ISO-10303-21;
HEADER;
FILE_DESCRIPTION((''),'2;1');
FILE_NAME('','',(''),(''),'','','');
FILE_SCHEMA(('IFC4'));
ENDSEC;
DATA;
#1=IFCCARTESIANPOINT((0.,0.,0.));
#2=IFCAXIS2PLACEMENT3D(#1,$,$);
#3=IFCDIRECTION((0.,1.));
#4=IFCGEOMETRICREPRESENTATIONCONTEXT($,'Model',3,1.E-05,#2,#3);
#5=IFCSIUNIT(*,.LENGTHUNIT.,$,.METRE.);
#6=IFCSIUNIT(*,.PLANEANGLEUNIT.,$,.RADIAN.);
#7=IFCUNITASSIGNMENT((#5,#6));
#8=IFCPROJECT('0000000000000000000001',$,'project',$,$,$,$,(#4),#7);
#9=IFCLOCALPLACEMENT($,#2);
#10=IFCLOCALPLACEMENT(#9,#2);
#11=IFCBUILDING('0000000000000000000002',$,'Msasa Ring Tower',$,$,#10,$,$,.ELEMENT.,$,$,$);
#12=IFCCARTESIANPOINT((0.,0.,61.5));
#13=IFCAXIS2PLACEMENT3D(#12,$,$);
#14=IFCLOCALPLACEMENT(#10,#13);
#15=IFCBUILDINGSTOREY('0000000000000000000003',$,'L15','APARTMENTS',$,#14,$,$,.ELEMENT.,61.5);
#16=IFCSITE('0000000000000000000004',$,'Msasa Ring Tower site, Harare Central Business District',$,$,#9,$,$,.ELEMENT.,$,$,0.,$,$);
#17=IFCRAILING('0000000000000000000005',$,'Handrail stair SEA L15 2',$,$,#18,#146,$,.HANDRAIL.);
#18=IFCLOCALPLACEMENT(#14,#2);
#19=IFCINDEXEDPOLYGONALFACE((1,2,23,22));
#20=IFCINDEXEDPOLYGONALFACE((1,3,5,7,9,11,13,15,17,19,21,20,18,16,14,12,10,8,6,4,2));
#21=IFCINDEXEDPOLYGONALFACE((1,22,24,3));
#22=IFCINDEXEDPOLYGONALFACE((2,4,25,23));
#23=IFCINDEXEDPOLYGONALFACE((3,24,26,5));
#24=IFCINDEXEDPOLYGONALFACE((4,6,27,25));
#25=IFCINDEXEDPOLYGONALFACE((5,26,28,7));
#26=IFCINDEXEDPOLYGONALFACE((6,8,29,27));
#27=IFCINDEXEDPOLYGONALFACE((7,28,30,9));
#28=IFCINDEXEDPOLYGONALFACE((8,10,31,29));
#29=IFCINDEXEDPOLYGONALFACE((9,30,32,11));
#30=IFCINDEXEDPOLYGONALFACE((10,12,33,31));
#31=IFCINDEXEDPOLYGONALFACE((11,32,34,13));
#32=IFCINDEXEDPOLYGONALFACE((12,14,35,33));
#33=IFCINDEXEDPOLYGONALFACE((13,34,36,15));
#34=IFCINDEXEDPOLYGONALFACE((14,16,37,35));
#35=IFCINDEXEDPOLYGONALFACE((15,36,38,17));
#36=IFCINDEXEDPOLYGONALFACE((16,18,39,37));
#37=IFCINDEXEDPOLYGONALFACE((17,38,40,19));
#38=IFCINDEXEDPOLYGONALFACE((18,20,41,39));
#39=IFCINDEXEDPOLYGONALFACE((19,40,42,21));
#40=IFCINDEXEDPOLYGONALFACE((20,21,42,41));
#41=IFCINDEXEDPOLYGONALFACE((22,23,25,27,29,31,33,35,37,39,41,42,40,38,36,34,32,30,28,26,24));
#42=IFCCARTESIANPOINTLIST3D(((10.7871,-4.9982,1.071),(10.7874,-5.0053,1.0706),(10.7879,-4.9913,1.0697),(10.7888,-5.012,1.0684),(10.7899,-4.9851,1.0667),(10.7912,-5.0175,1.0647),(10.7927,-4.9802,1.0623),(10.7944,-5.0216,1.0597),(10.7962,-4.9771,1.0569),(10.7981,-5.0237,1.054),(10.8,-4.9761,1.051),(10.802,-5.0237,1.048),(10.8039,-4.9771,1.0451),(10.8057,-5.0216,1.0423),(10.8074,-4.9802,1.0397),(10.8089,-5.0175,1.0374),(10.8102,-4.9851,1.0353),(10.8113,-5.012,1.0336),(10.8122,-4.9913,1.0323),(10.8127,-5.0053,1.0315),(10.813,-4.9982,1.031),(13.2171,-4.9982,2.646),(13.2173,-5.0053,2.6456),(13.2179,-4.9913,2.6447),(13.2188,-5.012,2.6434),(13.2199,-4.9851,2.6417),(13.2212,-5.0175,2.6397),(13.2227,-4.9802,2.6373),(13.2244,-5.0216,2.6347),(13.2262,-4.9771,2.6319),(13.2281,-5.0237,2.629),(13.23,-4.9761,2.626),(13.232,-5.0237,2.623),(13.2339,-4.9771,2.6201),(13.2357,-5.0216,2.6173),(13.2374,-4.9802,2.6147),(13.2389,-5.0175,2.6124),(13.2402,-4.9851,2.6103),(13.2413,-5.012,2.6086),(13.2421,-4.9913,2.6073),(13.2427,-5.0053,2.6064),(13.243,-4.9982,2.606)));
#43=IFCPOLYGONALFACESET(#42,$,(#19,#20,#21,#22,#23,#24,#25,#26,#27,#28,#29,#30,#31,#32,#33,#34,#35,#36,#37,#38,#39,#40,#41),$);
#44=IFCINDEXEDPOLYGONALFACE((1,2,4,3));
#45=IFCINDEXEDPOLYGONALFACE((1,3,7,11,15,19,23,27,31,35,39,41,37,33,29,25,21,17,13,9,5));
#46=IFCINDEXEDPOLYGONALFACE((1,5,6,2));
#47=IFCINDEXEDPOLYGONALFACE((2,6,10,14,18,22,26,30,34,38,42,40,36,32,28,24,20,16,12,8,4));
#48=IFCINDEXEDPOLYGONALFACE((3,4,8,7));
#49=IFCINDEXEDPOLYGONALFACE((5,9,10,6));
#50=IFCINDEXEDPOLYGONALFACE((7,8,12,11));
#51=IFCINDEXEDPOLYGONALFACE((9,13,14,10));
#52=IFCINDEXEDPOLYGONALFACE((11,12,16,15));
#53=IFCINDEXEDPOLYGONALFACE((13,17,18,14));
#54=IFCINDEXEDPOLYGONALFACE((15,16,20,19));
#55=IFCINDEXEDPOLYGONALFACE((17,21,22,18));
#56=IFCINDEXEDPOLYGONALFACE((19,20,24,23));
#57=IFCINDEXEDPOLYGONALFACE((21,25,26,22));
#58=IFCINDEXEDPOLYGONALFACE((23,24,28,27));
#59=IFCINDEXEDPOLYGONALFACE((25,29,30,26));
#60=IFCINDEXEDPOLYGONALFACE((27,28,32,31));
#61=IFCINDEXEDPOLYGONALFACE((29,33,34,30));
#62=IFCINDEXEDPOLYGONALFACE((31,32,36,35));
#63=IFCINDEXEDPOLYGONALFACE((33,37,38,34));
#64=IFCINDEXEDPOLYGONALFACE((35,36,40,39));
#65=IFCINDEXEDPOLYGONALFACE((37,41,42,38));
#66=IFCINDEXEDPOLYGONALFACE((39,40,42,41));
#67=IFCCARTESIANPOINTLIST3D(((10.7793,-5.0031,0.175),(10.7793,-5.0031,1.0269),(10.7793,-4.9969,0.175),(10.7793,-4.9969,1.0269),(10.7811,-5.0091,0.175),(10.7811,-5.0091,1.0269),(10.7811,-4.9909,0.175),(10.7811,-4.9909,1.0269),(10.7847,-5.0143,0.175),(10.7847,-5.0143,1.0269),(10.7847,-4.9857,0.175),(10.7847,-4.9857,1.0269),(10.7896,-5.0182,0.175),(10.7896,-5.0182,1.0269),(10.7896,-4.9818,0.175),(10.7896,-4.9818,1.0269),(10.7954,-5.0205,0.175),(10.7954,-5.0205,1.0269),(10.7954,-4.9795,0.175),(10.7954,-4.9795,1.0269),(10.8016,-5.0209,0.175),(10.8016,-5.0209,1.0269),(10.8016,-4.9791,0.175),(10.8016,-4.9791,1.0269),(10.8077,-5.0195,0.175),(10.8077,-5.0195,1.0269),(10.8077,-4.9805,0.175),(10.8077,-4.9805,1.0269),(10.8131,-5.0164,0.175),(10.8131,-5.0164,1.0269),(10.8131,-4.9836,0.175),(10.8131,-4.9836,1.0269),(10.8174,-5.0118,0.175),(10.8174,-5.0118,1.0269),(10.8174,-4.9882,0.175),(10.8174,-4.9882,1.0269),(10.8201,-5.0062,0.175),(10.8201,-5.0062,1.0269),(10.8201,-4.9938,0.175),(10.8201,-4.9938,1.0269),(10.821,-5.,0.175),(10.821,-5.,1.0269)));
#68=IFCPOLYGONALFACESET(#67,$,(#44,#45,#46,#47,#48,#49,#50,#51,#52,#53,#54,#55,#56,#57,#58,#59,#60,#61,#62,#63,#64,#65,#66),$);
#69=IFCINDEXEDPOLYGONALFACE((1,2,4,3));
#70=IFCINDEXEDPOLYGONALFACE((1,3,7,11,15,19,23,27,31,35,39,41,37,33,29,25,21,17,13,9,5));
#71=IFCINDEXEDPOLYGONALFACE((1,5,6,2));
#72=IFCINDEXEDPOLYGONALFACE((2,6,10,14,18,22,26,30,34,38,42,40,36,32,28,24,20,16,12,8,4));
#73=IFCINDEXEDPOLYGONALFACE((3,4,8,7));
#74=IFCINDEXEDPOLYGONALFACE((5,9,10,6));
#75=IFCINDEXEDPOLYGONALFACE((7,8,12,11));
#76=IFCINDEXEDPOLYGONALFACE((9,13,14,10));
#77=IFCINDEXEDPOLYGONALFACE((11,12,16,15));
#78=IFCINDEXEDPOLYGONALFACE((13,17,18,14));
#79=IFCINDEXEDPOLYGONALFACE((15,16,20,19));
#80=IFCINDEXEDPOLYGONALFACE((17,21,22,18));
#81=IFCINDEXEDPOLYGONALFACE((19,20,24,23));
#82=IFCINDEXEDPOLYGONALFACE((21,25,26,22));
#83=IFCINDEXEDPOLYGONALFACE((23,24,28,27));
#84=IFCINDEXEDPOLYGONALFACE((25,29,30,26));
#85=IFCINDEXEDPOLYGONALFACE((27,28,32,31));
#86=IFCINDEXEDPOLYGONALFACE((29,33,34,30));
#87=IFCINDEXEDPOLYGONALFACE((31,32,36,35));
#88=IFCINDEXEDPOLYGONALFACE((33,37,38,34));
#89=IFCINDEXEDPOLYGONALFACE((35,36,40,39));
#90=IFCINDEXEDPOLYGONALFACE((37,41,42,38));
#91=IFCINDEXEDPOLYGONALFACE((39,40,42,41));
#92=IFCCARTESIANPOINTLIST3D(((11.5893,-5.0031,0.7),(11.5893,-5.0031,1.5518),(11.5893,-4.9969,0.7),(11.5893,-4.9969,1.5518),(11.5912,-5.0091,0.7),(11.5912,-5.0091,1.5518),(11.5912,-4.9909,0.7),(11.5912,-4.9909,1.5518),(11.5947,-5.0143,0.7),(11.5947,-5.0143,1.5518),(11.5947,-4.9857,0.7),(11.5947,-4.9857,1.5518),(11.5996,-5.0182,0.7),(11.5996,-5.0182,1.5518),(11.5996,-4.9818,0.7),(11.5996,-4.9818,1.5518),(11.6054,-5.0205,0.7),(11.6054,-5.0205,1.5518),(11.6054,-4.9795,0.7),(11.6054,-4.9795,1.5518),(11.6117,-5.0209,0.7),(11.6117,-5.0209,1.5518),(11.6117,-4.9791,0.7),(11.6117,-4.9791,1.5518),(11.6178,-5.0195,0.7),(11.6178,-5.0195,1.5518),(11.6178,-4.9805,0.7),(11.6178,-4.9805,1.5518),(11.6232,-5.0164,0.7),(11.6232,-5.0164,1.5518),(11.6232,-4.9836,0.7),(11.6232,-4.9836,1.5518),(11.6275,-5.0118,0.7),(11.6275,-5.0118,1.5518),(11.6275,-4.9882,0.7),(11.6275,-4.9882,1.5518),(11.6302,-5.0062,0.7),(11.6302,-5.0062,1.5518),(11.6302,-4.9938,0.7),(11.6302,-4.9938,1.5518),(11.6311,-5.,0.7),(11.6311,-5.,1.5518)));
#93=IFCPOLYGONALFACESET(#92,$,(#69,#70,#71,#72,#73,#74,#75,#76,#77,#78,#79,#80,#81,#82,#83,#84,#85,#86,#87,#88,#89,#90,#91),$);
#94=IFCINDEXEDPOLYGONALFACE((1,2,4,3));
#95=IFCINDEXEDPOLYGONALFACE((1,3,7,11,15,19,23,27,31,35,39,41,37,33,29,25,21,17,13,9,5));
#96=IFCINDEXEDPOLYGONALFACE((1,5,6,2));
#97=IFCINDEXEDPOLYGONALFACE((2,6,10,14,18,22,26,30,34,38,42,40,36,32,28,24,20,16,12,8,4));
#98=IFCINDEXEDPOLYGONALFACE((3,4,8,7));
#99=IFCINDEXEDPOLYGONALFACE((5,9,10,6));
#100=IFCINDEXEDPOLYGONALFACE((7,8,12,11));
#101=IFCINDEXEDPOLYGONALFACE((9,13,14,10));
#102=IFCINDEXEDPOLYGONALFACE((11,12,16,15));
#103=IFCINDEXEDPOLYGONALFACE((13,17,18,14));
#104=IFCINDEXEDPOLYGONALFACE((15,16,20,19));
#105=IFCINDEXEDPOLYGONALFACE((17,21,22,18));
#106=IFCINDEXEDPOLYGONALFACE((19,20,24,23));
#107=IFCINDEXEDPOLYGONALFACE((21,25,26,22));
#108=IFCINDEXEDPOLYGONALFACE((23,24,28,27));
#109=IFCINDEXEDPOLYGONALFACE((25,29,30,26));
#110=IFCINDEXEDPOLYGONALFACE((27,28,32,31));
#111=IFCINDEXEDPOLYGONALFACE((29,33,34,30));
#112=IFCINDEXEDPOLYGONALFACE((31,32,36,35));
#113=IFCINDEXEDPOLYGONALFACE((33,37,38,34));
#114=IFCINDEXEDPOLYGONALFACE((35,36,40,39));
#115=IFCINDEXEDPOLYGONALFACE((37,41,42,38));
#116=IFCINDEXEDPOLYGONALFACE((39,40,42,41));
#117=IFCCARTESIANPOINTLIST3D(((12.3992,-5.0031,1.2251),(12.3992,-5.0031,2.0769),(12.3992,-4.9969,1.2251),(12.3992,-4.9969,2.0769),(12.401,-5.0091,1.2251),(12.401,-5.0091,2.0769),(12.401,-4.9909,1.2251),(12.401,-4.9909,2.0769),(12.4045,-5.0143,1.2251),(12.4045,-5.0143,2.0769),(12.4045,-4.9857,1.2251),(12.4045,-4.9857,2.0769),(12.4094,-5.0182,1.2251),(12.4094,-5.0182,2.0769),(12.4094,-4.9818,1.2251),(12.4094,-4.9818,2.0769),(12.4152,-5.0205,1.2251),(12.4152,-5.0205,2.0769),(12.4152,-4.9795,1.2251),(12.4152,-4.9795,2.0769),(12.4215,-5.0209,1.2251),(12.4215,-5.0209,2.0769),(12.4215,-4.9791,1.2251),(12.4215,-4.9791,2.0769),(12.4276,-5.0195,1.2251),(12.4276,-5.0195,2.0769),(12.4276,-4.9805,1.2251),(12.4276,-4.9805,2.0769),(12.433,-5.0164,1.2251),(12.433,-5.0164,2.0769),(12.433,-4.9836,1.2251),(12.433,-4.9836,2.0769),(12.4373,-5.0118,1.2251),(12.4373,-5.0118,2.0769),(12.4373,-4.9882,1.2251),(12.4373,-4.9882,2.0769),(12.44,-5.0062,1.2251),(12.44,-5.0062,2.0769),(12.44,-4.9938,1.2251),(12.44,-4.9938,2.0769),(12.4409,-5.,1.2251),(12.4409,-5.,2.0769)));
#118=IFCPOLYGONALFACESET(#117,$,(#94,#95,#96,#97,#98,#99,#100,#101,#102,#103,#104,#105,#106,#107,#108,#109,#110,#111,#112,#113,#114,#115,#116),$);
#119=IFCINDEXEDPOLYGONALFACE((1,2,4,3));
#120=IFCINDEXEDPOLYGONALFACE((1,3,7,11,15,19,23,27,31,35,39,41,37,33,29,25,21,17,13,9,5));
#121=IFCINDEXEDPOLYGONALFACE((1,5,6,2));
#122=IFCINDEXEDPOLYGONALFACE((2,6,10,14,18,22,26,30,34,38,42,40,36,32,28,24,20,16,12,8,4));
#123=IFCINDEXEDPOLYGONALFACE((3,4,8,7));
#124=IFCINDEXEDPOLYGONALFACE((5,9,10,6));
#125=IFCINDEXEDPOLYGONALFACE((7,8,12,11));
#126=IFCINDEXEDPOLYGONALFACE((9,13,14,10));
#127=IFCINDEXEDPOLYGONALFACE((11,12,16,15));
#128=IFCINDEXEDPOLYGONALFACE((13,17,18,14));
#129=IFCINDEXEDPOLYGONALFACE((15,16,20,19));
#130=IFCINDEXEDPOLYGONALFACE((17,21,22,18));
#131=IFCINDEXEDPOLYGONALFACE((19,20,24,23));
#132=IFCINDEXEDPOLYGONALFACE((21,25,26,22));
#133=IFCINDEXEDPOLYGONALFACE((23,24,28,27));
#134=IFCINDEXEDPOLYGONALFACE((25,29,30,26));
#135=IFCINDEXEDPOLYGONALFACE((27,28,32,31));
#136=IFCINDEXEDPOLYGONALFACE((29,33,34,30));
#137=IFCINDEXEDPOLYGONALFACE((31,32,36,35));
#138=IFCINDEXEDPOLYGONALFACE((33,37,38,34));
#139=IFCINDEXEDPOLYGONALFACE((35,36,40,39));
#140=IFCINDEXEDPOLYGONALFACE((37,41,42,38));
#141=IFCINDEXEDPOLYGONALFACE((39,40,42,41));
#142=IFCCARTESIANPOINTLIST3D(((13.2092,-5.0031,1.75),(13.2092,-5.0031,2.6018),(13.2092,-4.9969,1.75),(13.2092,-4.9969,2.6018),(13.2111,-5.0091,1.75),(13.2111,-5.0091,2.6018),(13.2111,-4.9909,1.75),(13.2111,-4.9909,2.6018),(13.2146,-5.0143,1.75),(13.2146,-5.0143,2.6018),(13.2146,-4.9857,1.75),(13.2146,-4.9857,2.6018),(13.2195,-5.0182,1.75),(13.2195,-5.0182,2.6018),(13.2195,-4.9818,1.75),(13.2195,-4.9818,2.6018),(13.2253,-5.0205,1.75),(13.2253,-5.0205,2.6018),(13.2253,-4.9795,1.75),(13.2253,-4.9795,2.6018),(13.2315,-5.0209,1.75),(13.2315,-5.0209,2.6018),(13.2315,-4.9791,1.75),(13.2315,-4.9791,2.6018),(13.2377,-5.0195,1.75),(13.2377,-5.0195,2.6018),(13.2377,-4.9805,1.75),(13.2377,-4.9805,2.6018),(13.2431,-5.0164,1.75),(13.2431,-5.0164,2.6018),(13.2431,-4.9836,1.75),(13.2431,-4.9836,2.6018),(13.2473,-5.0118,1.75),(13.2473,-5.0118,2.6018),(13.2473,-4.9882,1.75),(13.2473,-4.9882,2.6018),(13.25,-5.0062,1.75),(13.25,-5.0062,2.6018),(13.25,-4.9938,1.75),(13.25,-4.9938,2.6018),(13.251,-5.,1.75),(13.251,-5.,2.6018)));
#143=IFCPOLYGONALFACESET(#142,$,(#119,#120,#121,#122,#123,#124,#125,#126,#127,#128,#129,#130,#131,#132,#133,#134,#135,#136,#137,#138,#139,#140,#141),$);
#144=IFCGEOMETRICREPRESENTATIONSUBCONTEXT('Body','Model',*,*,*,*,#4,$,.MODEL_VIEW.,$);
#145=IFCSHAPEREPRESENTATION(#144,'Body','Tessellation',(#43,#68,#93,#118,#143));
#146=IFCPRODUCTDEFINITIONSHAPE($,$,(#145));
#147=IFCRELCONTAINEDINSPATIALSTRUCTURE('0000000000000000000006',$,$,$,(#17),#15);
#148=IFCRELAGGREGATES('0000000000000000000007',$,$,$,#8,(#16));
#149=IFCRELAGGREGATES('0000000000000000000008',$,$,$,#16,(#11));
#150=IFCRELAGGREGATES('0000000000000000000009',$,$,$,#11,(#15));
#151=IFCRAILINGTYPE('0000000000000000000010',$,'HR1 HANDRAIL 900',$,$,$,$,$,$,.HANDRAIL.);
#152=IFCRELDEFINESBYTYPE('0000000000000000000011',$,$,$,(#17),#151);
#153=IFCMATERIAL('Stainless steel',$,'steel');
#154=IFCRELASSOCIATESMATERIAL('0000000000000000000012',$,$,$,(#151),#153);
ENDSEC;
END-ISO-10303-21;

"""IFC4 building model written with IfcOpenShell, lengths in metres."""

from ifc_helpers import new_model, si_unit, direction, frame, origin, origin_2d, place, context, subcontext, project, spatial, circle, extrude, material, type_object, element, save


model = new_model("IFC4")

# Units and contexts
model_context = context("Model", 3, precision=1e-05, world=origin(), true_north=direction((0.0, 1.0)))
body_context = subcontext(model_context, "Body", "Model", "MODEL_VIEW")
ifc_project = project(units=[si_unit("LENGTHUNIT", "METRE"), si_unit("PLANEANGLEUNIT", "RADIAN")], contexts=[model_context])

# Site, building, storey
site_placement = place(None, origin())
site = spatial("IfcSite", under=ifc_project, at=site_placement, Name="Msasa Ring Tower site, Harare Central Business District", CompositionType="ELEMENT", RefElevation=0.0)
building_placement = place(site_placement, origin())
building = spatial("IfcBuilding", under=site, at=building_placement, Name="Msasa Ring Tower", CompositionType="ELEMENT")
storey_placement = place(building_placement, frame((0.0, 0.0, 61.5)))
storey = spatial("IfcBuildingStorey", under=building, at=storey_placement, Name="L15", Description="APARTMENTS", CompositionType="ELEMENT", Elevation=61.5)

# Railing
ifc_material_1 = material(Name="Stainless steel", Category="steel")
railing_type = type_object("IfcRailingType", Name="HR1 HANDRAIL 900", PredefinedType="HANDRAIL", material=ifc_material_1)
for number, where, name in (
    (1, (10.8, -5.0, 0.175), "Handrail stair SEA L15 2"),
):
    element("IfcRailing", number, at=place(storey_placement, frame(where)), inside=storey, type_object=railing_type, Name=name, PredefinedType="HANDRAIL", context=body_context, shape_type="SweptSolid", body=[
        extrude(circle(Radius=0.0239, at=origin_2d()), frame((0.0, 0.0, 0.876), z_axis=(0.839154, 0.0, 0.543894), x_axis=(0.0, 1.0, 0.0)), (0.0, 0.0, 1.0), 2.8958),
        extrude(circle(Radius=0.021, at=origin_2d()), origin(), (0.0, 0.0, 1.0), 0.8518),
        extrude(circle(Radius=0.021, at=origin_2d()), frame((0.8101, 0.0, 0.5249)), (0.0, 0.0, 1.0), 0.8518),
        extrude(circle(Radius=0.021, at=origin_2d()), frame((1.6199, 0.0, 1.05)), (0.0, 0.0, 1.0), 0.8518),
        extrude(circle(Radius=0.021, at=origin_2d()), frame((2.4299, 0.0, 1.575)), (0.0, 0.0, 1.0), 0.8518),
    ])

save(model, "model.ifc")
